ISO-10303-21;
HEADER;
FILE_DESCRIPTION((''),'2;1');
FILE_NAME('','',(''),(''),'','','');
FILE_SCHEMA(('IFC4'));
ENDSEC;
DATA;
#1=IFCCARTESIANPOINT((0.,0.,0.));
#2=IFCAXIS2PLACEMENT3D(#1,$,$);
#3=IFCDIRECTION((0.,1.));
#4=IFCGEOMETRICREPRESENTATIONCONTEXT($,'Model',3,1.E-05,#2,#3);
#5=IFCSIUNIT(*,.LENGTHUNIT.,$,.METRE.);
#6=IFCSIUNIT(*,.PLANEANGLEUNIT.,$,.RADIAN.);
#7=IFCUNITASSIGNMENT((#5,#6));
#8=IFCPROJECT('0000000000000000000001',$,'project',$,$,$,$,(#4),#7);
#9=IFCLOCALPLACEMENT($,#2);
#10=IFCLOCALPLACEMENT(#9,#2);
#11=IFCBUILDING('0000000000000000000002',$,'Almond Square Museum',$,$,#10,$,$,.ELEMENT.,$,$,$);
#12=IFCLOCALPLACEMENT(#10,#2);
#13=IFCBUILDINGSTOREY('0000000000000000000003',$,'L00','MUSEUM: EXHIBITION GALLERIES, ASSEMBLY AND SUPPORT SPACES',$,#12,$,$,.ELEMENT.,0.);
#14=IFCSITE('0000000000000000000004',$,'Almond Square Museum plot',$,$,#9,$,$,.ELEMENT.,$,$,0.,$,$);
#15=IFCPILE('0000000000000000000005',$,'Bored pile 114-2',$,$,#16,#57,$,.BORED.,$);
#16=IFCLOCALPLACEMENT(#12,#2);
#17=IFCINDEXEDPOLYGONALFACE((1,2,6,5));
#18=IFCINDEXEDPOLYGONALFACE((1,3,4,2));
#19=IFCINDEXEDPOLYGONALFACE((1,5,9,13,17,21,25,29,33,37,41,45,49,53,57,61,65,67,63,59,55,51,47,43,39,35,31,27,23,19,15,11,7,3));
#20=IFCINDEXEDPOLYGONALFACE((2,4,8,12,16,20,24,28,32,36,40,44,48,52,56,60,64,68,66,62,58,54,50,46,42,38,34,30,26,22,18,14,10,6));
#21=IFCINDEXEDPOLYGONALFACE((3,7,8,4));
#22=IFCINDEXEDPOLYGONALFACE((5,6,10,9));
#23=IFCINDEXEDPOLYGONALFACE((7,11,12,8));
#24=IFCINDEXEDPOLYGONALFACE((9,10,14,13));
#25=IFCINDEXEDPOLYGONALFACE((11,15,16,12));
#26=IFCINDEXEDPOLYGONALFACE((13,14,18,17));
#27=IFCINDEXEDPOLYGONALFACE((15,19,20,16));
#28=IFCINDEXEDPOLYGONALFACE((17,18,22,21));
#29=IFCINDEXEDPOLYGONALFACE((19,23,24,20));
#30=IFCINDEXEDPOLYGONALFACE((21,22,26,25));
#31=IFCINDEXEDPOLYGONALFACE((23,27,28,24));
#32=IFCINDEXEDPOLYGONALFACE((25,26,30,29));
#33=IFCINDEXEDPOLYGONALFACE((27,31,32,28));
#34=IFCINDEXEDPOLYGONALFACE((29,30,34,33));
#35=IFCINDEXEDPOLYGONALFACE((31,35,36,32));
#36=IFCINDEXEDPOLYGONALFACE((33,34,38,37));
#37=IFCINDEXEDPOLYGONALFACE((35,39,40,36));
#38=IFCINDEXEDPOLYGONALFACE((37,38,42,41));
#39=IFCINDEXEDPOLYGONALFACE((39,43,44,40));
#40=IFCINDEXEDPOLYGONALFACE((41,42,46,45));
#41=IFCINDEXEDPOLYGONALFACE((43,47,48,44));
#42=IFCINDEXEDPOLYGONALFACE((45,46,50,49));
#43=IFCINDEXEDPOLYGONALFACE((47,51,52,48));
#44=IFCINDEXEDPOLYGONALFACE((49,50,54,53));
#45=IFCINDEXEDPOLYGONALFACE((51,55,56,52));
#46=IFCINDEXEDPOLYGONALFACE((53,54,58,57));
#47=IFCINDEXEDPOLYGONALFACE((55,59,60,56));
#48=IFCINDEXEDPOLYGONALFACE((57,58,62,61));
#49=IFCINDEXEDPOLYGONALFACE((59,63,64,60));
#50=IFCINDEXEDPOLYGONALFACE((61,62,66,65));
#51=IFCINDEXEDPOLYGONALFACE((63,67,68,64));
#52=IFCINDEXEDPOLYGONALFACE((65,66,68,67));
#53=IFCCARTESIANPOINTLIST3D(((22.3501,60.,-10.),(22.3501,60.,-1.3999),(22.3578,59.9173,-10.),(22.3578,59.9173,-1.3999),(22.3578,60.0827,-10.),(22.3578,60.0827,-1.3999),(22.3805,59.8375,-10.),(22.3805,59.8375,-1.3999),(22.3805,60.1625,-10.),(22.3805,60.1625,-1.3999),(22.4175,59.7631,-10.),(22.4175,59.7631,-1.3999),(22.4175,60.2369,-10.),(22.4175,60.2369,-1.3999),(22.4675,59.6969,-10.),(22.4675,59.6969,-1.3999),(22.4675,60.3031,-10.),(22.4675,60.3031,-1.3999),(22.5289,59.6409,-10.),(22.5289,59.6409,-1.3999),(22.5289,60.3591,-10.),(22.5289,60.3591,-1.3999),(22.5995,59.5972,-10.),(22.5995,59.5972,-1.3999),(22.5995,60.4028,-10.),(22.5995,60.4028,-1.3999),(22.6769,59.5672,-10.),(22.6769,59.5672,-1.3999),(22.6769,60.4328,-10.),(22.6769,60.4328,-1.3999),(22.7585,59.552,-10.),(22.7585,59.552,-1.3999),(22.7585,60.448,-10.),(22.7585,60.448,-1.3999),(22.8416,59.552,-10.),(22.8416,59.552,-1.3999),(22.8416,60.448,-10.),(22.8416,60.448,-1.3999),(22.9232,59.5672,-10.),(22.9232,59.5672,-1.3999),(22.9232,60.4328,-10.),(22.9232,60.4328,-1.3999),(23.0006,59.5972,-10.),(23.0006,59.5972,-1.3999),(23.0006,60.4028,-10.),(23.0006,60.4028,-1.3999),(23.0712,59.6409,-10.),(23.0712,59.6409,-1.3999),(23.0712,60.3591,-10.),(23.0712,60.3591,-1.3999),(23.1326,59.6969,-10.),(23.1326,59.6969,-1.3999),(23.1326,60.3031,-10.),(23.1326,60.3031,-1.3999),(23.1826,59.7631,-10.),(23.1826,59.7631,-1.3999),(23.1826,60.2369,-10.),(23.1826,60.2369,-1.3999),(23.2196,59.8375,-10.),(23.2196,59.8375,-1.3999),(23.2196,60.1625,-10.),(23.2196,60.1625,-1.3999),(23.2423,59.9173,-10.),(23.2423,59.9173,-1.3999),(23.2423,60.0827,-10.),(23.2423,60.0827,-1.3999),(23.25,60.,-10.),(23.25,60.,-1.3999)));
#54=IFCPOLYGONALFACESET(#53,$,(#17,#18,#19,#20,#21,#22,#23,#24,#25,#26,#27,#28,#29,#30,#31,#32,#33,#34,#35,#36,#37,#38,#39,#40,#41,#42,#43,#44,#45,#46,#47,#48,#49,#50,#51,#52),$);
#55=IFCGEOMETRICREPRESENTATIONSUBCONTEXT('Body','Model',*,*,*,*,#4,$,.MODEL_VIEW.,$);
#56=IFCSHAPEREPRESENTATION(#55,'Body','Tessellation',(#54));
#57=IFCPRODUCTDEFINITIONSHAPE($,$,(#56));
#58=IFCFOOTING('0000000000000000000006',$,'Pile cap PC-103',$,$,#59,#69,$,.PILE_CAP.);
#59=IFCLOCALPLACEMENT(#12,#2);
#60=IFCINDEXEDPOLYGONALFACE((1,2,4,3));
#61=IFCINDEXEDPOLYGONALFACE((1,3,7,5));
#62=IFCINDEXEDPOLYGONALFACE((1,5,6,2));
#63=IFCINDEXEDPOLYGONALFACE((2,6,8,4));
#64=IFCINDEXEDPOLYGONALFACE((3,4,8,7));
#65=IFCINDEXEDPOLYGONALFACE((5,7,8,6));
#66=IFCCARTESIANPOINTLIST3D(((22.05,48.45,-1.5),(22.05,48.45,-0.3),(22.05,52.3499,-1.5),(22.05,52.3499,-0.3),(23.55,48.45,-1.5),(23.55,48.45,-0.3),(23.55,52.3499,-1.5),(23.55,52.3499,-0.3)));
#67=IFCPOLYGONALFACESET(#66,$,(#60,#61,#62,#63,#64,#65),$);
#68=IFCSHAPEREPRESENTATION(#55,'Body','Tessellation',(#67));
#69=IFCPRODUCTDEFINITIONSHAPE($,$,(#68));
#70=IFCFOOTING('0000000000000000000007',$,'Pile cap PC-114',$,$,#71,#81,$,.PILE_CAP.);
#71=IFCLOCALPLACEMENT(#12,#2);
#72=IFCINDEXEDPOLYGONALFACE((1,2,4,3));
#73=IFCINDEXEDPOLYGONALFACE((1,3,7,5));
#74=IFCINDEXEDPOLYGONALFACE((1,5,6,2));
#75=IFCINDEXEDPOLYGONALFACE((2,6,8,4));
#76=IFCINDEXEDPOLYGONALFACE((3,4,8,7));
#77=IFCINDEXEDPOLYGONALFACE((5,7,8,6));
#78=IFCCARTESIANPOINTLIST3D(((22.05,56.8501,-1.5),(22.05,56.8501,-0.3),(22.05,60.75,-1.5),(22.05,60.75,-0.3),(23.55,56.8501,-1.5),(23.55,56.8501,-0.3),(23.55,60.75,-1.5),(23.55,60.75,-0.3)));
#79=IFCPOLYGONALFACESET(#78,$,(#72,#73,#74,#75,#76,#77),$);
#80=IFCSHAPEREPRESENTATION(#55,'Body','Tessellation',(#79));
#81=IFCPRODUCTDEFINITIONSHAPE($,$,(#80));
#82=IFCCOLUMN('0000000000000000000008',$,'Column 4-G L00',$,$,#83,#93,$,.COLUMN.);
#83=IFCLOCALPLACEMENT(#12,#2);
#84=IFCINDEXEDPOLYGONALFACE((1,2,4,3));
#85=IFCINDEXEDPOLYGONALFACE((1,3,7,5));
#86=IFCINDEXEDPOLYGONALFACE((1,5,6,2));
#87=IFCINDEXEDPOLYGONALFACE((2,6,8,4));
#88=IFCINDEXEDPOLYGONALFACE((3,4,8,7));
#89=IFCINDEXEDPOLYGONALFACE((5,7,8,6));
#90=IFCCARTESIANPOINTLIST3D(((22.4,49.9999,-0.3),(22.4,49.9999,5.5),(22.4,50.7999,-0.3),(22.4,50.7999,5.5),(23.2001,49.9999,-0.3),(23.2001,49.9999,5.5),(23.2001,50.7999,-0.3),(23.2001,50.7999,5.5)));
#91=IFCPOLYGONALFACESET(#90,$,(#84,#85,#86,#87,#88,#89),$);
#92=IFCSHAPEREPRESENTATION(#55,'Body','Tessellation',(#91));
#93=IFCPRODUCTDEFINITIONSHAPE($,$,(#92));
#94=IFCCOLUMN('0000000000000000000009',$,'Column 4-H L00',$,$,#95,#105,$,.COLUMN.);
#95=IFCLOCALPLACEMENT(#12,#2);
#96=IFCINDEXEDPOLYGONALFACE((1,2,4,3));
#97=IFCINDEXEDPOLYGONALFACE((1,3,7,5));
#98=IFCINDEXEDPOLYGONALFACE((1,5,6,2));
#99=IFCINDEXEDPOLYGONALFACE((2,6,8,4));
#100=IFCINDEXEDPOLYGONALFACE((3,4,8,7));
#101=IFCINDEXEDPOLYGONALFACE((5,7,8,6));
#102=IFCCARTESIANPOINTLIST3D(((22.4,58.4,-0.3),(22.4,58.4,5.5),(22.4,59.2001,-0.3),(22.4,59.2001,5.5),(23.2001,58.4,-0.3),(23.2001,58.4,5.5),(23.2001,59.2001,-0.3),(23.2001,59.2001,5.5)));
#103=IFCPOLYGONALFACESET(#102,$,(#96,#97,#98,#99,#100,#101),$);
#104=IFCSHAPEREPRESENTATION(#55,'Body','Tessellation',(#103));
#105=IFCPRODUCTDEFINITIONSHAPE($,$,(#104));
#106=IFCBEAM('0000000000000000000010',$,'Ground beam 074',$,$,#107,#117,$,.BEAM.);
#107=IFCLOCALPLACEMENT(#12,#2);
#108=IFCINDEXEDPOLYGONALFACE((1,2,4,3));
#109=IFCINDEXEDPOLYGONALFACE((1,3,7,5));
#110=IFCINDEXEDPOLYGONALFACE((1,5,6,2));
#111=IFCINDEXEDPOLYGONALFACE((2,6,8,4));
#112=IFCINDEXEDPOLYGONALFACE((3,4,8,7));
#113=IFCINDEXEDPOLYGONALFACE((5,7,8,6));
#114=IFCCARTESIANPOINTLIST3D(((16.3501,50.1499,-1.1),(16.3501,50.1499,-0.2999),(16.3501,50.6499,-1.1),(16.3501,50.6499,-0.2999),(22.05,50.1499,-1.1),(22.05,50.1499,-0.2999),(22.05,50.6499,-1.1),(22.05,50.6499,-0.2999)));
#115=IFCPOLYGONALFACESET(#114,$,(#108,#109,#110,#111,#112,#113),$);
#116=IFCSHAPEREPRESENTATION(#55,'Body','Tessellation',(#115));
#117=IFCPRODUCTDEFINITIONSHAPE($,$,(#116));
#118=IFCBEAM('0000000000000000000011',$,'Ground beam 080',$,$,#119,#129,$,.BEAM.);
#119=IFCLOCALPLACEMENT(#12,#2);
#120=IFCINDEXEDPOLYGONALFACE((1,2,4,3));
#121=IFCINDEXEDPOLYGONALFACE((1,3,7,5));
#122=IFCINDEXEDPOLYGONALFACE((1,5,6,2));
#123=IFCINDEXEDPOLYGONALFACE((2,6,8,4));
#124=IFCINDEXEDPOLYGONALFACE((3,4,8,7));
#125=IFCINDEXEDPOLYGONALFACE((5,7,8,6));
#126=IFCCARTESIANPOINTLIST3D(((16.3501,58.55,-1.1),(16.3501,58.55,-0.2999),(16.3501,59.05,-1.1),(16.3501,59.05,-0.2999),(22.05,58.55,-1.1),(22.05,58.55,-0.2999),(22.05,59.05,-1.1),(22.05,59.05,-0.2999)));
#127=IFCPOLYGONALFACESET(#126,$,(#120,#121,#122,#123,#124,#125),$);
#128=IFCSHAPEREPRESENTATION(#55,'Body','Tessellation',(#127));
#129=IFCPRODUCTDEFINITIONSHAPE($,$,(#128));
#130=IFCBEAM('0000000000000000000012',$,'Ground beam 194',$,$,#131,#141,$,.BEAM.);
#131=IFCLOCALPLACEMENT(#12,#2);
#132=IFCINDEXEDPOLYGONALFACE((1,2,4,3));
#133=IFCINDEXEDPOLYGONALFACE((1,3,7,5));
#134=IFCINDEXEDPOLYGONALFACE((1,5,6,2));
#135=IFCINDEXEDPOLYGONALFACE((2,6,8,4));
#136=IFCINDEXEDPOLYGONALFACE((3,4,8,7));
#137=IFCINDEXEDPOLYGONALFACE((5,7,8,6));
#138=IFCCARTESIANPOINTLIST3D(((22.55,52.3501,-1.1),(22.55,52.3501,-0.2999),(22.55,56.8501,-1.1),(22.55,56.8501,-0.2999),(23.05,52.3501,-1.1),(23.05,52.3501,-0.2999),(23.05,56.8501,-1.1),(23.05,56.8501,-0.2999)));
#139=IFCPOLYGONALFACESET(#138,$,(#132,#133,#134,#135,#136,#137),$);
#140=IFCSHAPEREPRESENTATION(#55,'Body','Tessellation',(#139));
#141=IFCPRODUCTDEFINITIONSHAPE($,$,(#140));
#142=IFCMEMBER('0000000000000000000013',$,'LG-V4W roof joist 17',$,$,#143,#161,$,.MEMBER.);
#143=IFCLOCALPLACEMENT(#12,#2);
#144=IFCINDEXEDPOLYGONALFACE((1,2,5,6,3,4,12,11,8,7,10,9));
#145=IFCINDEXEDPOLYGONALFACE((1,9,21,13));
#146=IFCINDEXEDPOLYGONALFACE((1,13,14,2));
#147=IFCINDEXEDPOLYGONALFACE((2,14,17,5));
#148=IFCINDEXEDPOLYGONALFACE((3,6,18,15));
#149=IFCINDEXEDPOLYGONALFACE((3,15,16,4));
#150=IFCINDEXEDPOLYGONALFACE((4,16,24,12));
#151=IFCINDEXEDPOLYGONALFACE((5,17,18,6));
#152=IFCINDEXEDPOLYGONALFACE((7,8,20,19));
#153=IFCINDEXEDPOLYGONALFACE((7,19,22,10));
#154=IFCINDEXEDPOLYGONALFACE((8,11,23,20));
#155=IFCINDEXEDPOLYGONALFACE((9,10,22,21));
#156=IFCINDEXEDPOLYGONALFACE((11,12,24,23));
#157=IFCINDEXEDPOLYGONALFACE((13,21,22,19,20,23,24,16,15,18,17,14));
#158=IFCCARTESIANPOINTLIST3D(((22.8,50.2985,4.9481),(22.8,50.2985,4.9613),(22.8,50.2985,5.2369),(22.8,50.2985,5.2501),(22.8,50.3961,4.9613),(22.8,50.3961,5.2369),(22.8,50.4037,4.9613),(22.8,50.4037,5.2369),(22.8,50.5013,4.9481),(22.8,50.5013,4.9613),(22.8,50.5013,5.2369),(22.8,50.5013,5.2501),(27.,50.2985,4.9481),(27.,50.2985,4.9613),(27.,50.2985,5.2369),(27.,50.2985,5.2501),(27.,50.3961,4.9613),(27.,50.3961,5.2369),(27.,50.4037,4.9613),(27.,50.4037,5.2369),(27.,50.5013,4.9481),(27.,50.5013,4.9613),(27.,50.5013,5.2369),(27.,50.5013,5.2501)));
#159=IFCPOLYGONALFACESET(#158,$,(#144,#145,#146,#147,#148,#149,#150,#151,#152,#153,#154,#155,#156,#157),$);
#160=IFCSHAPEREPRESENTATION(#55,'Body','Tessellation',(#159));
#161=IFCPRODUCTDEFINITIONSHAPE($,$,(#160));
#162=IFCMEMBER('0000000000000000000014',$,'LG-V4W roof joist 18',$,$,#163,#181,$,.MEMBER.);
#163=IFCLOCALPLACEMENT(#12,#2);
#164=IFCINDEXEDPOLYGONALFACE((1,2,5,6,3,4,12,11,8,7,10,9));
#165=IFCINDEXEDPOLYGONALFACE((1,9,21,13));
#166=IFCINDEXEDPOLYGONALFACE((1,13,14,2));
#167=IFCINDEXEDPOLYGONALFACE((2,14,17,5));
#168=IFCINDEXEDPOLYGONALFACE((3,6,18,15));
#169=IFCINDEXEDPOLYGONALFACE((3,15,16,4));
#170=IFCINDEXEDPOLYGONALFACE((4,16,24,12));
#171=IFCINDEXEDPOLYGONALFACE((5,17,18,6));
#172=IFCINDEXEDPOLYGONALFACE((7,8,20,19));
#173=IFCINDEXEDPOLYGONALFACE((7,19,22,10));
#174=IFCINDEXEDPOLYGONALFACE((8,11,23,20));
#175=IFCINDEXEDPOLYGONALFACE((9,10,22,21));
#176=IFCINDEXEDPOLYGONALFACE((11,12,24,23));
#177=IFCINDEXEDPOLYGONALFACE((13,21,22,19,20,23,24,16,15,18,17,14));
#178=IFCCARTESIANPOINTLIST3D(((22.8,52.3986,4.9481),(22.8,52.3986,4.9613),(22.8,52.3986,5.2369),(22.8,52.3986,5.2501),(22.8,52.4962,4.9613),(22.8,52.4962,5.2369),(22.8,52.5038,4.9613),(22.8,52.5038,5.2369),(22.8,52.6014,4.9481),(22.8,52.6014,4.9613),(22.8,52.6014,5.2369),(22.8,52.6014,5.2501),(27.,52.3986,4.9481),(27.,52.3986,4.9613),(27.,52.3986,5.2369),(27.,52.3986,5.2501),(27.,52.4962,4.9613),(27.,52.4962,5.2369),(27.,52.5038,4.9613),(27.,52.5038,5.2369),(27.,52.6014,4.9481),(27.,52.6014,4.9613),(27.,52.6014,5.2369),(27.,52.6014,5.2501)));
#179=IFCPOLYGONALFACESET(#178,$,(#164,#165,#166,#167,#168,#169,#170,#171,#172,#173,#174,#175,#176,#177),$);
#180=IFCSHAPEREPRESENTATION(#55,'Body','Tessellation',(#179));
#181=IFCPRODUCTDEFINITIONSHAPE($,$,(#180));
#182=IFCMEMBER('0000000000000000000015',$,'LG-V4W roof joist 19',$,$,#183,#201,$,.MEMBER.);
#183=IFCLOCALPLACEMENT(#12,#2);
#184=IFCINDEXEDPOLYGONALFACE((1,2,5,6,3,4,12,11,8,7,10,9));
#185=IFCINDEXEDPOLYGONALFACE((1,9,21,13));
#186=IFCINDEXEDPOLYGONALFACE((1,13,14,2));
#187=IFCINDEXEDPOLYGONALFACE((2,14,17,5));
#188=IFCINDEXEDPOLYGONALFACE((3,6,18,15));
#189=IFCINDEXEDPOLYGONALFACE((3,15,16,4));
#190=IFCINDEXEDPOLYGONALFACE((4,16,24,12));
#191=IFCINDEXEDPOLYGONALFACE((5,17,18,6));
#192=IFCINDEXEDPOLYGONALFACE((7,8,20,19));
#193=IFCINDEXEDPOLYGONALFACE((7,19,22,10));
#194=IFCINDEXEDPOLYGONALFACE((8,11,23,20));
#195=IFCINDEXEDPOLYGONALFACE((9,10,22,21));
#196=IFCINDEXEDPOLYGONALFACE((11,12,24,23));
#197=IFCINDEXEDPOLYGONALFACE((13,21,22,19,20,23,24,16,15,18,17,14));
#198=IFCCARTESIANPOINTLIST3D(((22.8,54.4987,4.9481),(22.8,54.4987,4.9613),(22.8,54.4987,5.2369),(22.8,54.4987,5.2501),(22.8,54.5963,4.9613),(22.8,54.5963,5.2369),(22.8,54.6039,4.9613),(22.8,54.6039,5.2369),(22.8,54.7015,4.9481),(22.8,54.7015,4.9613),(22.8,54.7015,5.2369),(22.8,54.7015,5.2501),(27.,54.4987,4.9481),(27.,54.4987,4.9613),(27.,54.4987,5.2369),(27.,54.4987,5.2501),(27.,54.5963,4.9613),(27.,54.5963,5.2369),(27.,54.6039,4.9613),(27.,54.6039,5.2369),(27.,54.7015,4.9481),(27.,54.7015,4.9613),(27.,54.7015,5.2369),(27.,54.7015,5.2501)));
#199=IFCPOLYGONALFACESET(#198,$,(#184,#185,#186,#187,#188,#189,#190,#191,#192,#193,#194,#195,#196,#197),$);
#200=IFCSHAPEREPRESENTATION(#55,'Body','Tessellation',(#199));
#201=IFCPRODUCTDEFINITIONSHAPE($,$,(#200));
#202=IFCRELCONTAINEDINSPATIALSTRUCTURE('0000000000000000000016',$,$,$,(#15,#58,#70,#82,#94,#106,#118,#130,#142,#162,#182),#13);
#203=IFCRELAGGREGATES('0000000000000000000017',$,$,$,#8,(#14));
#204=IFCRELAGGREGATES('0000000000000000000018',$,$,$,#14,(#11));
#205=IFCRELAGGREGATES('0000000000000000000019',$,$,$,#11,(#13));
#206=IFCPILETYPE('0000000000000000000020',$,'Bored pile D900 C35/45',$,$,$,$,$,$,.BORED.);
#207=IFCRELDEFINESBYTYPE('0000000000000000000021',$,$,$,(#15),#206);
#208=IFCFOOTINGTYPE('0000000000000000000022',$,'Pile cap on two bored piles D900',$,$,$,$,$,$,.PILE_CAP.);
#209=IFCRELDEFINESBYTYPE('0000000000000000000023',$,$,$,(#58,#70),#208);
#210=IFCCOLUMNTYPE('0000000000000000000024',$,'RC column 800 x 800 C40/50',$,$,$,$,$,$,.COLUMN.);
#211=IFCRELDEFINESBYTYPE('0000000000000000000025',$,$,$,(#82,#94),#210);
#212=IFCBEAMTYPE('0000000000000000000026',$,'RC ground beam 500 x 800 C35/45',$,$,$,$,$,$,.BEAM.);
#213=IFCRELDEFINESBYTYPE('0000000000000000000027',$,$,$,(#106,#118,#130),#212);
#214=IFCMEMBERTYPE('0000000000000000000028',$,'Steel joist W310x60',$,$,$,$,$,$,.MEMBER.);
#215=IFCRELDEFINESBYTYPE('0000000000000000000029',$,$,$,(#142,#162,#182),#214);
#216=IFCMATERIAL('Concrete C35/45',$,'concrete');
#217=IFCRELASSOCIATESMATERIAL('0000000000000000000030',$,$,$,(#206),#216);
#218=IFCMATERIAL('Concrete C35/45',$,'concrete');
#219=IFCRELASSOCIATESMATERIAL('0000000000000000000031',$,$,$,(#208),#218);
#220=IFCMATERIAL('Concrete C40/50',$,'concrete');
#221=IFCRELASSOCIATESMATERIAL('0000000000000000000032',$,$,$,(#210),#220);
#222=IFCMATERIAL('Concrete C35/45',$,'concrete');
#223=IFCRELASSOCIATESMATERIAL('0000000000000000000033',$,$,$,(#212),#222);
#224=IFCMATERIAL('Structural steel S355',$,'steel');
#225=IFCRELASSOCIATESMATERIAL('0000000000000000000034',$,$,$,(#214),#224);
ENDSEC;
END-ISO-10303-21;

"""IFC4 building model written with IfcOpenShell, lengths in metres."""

from ifc_helpers import new_model, si_unit, direction, frame, origin, origin_2d, place, context, subcontext, project, spatial, rectangle, circle, i_section, extrude, material, material_profile, profile_set, type_object, element, save


model = new_model("IFC4")

# Units and contexts
model_context = context("Model", 3, precision=1e-05, world=origin(), true_north=direction((0.0, 1.0)))
body_context = subcontext(model_context, "Body", "Model", "MODEL_VIEW")
ifc_project = project(units=[si_unit("LENGTHUNIT", "METRE"), si_unit("PLANEANGLEUNIT", "RADIAN")], contexts=[model_context])

# Site, building, storey
site_placement = place(None, origin())
site = spatial("IfcSite", under=ifc_project, at=site_placement, Name="Almond Square Museum plot", CompositionType="ELEMENT", RefElevation=0.0)
building_placement = place(site_placement, origin())
building = spatial("IfcBuilding", under=site, at=building_placement, Name="Almond Square Museum", CompositionType="ELEMENT")
storey_placement = place(building_placement, origin())
storey = spatial("IfcBuildingStorey", under=building, at=storey_placement, Name="L00", Description="MUSEUM: EXHIBITION GALLERIES, ASSEMBLY AND SUPPORT SPACES", CompositionType="ELEMENT", Elevation=0.0)

# Pile
ifc_material_1 = material(Name="Concrete C35/45", Category="concrete")
ifc_material_profile_1 = material_profile(ifc_material_1, circle(Radius=0.45, at=origin_2d()))
ifc_profile_set_1 = profile_set([ifc_material_profile_1], Name="Concrete C35/45")
pile_type = type_object("IfcPileType", Name="Bored pile D900 C35/45", PredefinedType="BORED", material=ifc_profile_set_1)
for number, where, z_axis, x_axis, name in (
    (1, (22.8, 60.0, -1.3999), (0.0, 0.0, -1.0), (1.0, 0.0, 0.0), "Bored pile 114-2"),
):
    element("IfcPile", number, at=place(storey_placement, frame(where, z_axis=z_axis, x_axis=x_axis)), inside=storey, type_object=pile_type, Name=name, PredefinedType="BORED", context=body_context, shape_type="SweptSolid", body=[
        extrude(circle(Radius=0.45, at=origin_2d()), origin(), (0.0, 0.0, 1.0), 8.6001),
    ])

# Footings
ifc_material_2 = material(Name="Concrete C35/45", Category="concrete")
footing_type = type_object("IfcFootingType", Name="Pile cap on two bored piles D900", PredefinedType="PILE_CAP", material=ifc_material_2)
for number, where, z_axis, x_axis, name in (
    (2, (22.8, 50.3999, -1.5), (0.0, 0.0, 1.0), (1.0, 0.0, 0.0), "Pile cap PC-103"),
    (3, (22.8, 58.8, -1.5), (0.0, 0.0, 1.0), (1.0, 0.0, 0.0), "Pile cap PC-114"),
):
    element("IfcFooting", number, at=place(storey_placement, frame(where, z_axis=z_axis, x_axis=x_axis)), inside=storey, type_object=footing_type, Name=name, PredefinedType="PILE_CAP", context=body_context, shape_type="SweptSolid", body=[
        extrude(rectangle(XDim=1.5, YDim=3.8999, at=origin_2d()), origin(), (0.0, 0.0, 1.0), 1.2),
    ])

# Columns
ifc_material_3 = material(Name="Concrete C40/50", Category="concrete")
ifc_material_profile_2 = material_profile(ifc_material_3, rectangle(XDim=0.8, YDim=0.8, at=origin_2d()))
ifc_profile_set_2 = profile_set([ifc_material_profile_2], Name="Concrete C40/50")
column_type = type_object("IfcColumnType", Name="RC column 800 x 800 C40/50", PredefinedType="COLUMN", material=ifc_profile_set_2)
for number, where, z_axis, x_axis, name in (
    (4, (22.8, 50.3999, -0.3), (0.0, 0.0, 1.0), (1.0, 0.0, 0.0), "Column 4-G L00"),
    (5, (22.8, 58.8, -0.3), (0.0, 0.0, 1.0), (1.0, 0.0, 0.0), "Column 4-H L00"),
):
    element("IfcColumn", number, at=place(storey_placement, frame(where, z_axis=z_axis, x_axis=x_axis)), inside=storey, type_object=column_type, Name=name, PredefinedType="COLUMN", context=body_context, shape_type="SweptSolid", body=[
        extrude(rectangle(XDim=0.8, YDim=0.8, at=origin_2d()), origin(), (0.0, 0.0, 1.0), 5.8),
    ])

# Beams
ifc_material_4 = material(Name="Concrete C35/45", Category="concrete")
ifc_material_profile_3 = material_profile(ifc_material_4, rectangle(XDim=0.5, YDim=0.8, at=origin_2d()))
ifc_profile_set_3 = profile_set([ifc_material_profile_3], Name="Concrete C35/45")
beam_type = type_object("IfcBeamType", Name="RC ground beam 500 x 800 C35/45", PredefinedType="BEAM", material=ifc_profile_set_3)
for number, where, z_axis, x_axis, name in (
    (6, (16.3501, 50.3999, -0.7), (1.0, 0.0, 0.0), (0.0, 1.0, 0.0), "Ground beam 074"),
    (7, (16.3501, 58.8, -0.7), (1.0, 0.0, 0.0), (0.0, 1.0, 0.0), "Ground beam 080"),
):
    element("IfcBeam", number, at=place(storey_placement, frame(where, z_axis=z_axis, x_axis=x_axis)), inside=storey, type_object=beam_type, Name=name, PredefinedType="BEAM", context=body_context, shape_type="SweptSolid", body=[
        extrude(rectangle(XDim=0.5, YDim=0.8, at=origin_2d()), origin(), (0.0, 0.0, 1.0), 5.7),
    ])
beam_placement = place(storey_placement, frame((22.8, 52.3501, -0.7), z_axis=(0.0, 1.0, 0.0), x_axis=(-1.0, 0.0, 0.0)))
element("IfcBeam", 8, at=beam_placement, inside=storey, type_object=beam_type, Name="Ground beam 194", PredefinedType="BEAM", context=body_context, shape_type="SweptSolid", body=[
    extrude(rectangle(XDim=0.5, YDim=0.8, at=origin_2d()), origin(), (0.0, 0.0, 1.0), 4.5),
])

# Members
ifc_material_5 = material(Name="Structural steel S355", Category="steel")
ifc_material_profile_4 = material_profile(ifc_material_5, i_section(OverallWidth=0.2029, OverallDepth=0.302, WebThickness=0.0076, FlangeThickness=0.0132, at=origin_2d()))
ifc_profile_set_4 = profile_set([ifc_material_profile_4], Name="Structural steel S355")
member_type = type_object("IfcMemberType", Name="Steel joist W310x60", PredefinedType="MEMBER", material=ifc_profile_set_4)
for number, where, z_axis, x_axis, name in (
    (9, (22.8, 50.3999, 5.0991), (1.0, 0.0, 0.0), (0.0, 1.0, 0.0), "LG-V4W roof joist 17"),
    (10, (22.8, 52.5, 5.0991), (1.0, 0.0, 0.0), (0.0, 1.0, 0.0), "LG-V4W roof joist 18"),
    (11, (22.8, 54.6001, 5.0991), (1.0, 0.0, 0.0), (0.0, 1.0, 0.0), "LG-V4W roof joist 19"),
):
    element("IfcMember", number, at=place(storey_placement, frame(where, z_axis=z_axis, x_axis=x_axis)), inside=storey, type_object=member_type, Name=name, PredefinedType="MEMBER", context=body_context, shape_type="SweptSolid", body=[
        extrude(i_section(OverallWidth=0.2029, OverallDepth=0.302, WebThickness=0.0076, FlangeThickness=0.0132, at=origin_2d()), origin(), (0.0, 0.0, 1.0), 4.2),
    ])

save(model, "model.ifc")
